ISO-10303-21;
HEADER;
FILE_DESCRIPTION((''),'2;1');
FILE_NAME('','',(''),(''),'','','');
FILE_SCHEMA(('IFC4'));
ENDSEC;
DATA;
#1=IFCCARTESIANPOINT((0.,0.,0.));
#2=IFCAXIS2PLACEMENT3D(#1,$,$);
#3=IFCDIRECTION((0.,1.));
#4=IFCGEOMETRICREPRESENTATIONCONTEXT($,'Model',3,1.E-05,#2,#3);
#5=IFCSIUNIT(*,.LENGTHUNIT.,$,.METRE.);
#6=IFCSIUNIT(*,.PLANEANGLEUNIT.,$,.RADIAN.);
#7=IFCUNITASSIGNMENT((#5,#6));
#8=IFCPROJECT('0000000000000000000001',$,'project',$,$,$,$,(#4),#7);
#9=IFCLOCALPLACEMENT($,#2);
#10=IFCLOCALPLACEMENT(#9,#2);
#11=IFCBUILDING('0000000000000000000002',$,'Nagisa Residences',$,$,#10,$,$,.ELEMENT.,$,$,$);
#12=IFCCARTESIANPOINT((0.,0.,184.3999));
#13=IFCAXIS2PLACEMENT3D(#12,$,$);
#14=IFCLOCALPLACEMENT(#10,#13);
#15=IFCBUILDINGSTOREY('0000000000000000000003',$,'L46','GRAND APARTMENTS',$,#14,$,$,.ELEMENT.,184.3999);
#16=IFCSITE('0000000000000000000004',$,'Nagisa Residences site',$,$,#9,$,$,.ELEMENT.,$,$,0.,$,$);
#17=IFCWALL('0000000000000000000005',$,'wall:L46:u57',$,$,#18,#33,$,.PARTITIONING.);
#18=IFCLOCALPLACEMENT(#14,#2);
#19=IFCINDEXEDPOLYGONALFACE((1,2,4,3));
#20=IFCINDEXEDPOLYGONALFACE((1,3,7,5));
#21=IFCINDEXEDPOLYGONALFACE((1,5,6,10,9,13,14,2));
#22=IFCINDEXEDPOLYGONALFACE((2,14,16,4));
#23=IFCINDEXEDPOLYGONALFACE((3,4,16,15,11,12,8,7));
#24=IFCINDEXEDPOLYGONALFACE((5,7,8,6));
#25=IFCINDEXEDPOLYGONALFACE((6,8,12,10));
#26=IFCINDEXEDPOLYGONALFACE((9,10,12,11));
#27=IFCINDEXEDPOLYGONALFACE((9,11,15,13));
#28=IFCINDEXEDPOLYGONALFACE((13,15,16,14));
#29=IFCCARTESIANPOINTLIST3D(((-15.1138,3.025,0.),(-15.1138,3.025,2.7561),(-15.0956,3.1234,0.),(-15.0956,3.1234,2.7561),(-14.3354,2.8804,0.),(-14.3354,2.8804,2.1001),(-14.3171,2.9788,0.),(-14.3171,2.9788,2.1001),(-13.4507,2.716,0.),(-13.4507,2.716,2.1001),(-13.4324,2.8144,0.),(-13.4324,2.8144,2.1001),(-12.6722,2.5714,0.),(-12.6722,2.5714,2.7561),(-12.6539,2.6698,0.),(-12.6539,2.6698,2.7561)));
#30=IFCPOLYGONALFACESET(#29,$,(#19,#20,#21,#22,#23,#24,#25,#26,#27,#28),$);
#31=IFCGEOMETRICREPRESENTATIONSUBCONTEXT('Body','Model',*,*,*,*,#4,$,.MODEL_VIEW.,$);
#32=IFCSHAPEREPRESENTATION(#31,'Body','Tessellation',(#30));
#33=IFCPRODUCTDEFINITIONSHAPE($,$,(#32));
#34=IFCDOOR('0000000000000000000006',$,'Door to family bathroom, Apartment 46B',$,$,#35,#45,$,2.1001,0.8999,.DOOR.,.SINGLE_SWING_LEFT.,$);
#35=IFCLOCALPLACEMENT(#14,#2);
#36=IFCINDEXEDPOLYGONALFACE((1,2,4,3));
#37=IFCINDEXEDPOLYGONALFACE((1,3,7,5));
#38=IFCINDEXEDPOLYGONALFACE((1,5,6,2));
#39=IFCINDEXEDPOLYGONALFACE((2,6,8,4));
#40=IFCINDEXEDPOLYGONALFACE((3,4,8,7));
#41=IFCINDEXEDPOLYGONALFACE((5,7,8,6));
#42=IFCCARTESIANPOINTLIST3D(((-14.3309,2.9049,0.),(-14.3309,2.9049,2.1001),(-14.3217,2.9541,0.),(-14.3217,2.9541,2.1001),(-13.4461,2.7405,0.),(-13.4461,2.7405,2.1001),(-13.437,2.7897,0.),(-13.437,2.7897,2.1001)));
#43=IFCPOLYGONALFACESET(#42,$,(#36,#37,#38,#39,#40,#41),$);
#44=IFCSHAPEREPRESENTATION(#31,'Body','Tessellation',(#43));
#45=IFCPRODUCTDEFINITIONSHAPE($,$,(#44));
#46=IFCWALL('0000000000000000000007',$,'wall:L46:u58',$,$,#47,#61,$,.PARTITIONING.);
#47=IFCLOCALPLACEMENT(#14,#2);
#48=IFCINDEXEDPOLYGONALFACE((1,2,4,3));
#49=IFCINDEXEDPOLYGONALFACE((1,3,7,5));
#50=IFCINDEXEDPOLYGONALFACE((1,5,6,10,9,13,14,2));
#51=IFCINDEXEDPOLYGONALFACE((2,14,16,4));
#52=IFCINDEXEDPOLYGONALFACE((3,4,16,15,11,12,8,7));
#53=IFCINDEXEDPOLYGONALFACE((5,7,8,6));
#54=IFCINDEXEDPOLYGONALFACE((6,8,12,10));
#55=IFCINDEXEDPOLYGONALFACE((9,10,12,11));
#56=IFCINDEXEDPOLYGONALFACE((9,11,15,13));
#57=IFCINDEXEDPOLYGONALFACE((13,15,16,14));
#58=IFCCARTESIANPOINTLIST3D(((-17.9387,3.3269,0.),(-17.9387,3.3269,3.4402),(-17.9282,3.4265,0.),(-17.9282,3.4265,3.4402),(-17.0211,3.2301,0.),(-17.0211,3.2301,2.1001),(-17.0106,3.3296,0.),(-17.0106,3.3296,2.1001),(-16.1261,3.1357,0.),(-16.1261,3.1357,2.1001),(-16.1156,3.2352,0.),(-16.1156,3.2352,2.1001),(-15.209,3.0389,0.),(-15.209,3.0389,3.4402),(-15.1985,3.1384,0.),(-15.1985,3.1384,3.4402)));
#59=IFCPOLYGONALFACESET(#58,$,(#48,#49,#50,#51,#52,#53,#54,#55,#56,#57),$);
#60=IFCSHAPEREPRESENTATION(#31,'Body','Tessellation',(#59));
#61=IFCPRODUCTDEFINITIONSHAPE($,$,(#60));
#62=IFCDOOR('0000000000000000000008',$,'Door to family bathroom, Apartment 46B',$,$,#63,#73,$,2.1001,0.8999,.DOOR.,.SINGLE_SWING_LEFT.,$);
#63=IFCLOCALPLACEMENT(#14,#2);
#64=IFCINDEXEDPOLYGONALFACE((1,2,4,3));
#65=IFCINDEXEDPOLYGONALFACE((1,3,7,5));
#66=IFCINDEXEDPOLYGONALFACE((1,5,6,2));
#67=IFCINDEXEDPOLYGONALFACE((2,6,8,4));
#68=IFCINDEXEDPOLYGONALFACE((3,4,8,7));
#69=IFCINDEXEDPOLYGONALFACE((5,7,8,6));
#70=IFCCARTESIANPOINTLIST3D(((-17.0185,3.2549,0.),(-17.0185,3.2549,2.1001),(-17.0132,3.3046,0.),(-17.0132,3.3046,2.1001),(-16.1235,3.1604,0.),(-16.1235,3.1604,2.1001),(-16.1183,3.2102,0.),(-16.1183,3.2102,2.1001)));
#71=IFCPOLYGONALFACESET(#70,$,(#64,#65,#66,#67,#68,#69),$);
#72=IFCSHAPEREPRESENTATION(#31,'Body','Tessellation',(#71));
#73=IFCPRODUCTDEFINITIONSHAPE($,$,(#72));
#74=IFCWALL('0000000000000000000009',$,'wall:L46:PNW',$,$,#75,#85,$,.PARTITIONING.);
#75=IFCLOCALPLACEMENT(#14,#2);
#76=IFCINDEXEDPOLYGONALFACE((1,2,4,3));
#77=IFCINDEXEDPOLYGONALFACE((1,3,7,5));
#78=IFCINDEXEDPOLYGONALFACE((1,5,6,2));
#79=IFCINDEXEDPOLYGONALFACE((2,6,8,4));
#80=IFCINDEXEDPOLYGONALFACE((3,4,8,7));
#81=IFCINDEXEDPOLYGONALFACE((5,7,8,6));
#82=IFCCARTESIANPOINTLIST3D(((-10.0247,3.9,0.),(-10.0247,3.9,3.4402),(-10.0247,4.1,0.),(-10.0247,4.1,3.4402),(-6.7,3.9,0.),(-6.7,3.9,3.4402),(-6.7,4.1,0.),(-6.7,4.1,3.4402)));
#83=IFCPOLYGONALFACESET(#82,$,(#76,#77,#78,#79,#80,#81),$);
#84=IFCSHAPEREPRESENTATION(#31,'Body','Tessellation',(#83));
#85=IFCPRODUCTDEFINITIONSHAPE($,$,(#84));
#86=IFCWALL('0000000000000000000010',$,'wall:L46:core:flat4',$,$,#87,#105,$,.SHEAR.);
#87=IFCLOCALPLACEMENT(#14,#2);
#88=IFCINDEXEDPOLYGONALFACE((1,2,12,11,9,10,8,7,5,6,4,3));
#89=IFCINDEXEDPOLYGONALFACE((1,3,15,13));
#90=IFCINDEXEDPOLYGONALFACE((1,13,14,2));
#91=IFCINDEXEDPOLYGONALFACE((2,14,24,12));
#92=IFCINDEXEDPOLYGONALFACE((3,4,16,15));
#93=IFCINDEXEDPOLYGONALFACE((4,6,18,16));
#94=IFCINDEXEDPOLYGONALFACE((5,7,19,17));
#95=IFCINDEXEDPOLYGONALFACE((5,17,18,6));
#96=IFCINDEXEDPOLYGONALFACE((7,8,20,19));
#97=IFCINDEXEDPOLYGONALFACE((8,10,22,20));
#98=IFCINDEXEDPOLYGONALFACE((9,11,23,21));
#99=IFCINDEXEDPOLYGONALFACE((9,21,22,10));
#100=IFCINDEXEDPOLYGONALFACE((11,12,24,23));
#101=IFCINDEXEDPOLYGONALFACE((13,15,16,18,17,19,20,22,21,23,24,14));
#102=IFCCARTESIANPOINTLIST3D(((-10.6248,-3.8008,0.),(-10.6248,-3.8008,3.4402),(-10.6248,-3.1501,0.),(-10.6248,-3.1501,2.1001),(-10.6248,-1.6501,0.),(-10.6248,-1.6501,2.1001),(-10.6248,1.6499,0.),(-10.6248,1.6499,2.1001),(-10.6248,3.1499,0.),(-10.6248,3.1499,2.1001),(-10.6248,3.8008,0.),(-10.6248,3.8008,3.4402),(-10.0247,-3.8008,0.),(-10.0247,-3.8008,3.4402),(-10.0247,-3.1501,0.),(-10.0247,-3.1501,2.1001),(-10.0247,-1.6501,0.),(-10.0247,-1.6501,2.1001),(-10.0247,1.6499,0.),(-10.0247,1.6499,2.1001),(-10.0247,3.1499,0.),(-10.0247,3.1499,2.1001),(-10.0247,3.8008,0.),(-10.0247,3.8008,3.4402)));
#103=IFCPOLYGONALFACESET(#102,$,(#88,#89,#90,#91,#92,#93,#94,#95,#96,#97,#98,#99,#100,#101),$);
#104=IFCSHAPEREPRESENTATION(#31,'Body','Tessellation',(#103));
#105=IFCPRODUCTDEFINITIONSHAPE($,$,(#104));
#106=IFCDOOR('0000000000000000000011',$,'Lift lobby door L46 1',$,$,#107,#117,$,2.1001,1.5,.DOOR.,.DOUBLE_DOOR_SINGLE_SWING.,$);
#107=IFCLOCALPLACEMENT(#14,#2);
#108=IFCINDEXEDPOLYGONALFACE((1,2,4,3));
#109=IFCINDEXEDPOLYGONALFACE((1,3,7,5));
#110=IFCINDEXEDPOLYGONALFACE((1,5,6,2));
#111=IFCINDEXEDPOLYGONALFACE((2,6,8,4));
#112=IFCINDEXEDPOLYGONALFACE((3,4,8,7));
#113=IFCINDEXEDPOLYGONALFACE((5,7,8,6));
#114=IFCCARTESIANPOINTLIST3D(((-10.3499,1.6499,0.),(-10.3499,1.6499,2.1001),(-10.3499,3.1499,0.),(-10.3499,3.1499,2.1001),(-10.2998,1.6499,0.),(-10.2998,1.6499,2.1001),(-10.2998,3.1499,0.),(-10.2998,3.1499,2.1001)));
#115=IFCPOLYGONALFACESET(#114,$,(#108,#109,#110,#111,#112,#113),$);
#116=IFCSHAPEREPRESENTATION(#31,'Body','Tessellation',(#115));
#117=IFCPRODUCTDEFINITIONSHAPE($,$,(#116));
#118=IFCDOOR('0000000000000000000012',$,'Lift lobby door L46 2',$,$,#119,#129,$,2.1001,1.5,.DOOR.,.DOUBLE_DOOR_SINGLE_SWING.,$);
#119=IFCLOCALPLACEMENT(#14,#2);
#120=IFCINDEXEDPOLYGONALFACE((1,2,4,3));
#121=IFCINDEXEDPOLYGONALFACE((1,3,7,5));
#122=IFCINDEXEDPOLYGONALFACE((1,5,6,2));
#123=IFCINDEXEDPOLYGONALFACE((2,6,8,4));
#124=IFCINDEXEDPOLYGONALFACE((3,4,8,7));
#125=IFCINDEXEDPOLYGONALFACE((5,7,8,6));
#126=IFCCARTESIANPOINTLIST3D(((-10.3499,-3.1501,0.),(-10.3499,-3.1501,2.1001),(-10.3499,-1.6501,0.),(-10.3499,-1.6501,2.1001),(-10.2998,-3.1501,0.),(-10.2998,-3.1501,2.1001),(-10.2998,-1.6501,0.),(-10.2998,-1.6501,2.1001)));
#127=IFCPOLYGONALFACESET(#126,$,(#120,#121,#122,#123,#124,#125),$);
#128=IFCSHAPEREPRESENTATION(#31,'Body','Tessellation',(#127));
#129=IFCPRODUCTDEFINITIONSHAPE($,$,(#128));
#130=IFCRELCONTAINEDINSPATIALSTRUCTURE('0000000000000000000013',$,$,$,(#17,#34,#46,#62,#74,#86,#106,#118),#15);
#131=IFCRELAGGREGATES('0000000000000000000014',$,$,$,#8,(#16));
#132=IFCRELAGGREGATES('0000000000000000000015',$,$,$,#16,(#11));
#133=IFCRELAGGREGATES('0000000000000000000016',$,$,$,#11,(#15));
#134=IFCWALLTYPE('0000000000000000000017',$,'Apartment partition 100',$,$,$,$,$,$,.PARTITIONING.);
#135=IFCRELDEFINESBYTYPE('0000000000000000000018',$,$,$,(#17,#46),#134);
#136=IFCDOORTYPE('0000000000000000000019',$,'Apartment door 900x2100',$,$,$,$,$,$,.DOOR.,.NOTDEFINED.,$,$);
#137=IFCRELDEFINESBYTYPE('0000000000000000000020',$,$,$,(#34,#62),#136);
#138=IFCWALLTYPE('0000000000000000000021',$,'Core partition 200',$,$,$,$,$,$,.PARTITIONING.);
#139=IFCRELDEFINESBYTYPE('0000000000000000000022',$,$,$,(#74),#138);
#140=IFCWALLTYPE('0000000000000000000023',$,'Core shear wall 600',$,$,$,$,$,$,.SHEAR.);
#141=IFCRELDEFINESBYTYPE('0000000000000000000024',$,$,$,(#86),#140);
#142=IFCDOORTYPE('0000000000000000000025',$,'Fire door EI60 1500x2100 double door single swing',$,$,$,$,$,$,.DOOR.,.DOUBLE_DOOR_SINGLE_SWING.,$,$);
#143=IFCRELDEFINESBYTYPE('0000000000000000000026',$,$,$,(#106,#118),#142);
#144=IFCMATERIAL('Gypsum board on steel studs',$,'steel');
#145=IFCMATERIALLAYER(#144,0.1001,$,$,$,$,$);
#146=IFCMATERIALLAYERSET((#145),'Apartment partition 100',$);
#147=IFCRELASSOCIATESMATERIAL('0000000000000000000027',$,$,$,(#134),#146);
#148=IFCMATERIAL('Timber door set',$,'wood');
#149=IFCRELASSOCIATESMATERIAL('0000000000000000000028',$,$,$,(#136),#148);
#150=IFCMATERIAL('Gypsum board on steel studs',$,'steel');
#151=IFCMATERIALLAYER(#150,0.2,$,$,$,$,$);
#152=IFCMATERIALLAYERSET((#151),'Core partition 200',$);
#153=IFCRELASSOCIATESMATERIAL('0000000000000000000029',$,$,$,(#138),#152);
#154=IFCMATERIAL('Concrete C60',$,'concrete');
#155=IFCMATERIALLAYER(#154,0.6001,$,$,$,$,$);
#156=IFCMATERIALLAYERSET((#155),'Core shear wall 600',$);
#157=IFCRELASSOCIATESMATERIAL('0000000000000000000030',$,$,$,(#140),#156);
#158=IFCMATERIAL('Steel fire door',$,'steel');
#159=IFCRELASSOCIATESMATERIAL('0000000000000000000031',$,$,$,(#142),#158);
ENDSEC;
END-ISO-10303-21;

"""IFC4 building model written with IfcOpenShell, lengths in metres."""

from ifc_helpers import new_model, si_unit, direction, frame, frame_2d, origin, place, context, subcontext, project, spatial, rectangle, extrude, material, layer, layer_set, type_object, element, fill, save


model = new_model("IFC4")

# Units and contexts
model_context = context("Model", 3, precision=1e-05, world=origin(), true_north=direction((0.0, 1.0)))
body_context = subcontext(model_context, "Body", "Model", "MODEL_VIEW")
ifc_project = project(units=[si_unit("LENGTHUNIT", "METRE"), si_unit("PLANEANGLEUNIT", "RADIAN")], contexts=[model_context])

# Site, building, storey
site_placement = place(None, origin())
site = spatial("IfcSite", under=ifc_project, at=site_placement, Name="Nagisa Residences site", CompositionType="ELEMENT", RefElevation=0.0)
building_placement = place(site_placement, origin())
building = spatial("IfcBuilding", under=site, at=building_placement, Name="Nagisa Residences", CompositionType="ELEMENT")
storey_placement = place(building_placement, frame((0.0, 0.0, 184.3999)))
storey = spatial("IfcBuildingStorey", under=building, at=storey_placement, Name="L46", Description="GRAND APARTMENTS", CompositionType="ELEMENT", Elevation=184.3999)

# Shared definitions
ifc_material_1 = material(Name="Gypsum board on steel studs", Category="steel")
ifc_layer_1 = layer(ifc_material_1, 0.1001)
ifc_layer_set_1 = layer_set([ifc_layer_1], Name="Apartment partition 100")
wall_type_1 = type_object("IfcWallType", Name="Apartment partition 100", PredefinedType="PARTITIONING", material=ifc_layer_set_1)
ifc_material_2 = material(Name="Timber door set", Category="wood")
door_type_1 = type_object("IfcDoorType", Name="Apartment door 900x2100", OperationType="NOTDEFINED", PredefinedType="DOOR", material=ifc_material_2)

# Walls, openings, doors
wall_1_placement = place(storey_placement, frame((-12.6631, 2.6206, 0.0), z_axis=(0.0, 0.0, 1.0), x_axis=(-0.983177, 0.182656, 0.0)))
wall_1 = element("IfcWall", 1, at=wall_1_placement, inside=storey, type_object=wall_type_1, Name="wall:L46:u57", PredefinedType="PARTITIONING", context=body_context, shape_type="SweptSolid", body=[
    extrude(rectangle(XDim=2.4834, YDim=0.1001, at=frame_2d((1.2417, 0.0))), origin(), (0.0, 0.0, 1.0), 2.7561),
])
opening_1_placement = place(wall_1_placement, frame((0.7917, 0.0, 0.0)))
opening_1 = element("IfcOpeningElement", 2, at=opening_1_placement, cuts=wall_1, PredefinedType="OPENING", context=body_context, shape_type="SweptSolid", body=[
    extrude(rectangle(XDim=0.8999, YDim=2.1001, at=frame_2d((0.45, 1.05))), frame((0.0, 0.0601, 0.0), z_axis=(0.0, -1.0, 0.0), x_axis=(1.0, 0.0, 0.0)), (0.0, 0.0, 1.0), 0.1201),
])
door_1_placement = place(opening_1_placement, frame((0.8999, 0.0, 0.0), x_axis=(-1.0, 0.0, 0.0)))
door_1 = element("IfcDoor", 3, at=door_1_placement, inside=storey, type_object=door_type_1, Name="Door to family bathroom, Apartment 46B", OperationType="SINGLE_SWING_LEFT", OverallHeight=2.1001, OverallWidth=0.8999, PredefinedType="DOOR", context=body_context, shape_type="SweptSolid", body=[
    extrude(rectangle(XDim=0.8999, YDim=2.1001, at=frame_2d((0.45, 1.05))), frame((0.0, 0.0249, 0.0), z_axis=(0.0, -1.0, 0.0), x_axis=(1.0, 0.0, 0.0)), (0.0, 0.0, 1.0), 0.05),
])
fill(opening_1, door_1)
wall_2_placement = place(storey_placement, frame((-15.2036, 3.0886, 0.0), z_axis=(0.0, 0.0, 1.0), x_axis=(-0.994477, 0.104953, 0.0)))
wall_2 = element("IfcWall", 4, at=wall_2_placement, inside=storey, type_object=wall_type_1, Name="wall:L46:u58", PredefinedType="PARTITIONING", context=body_context, shape_type="SweptSolid", body=[
    extrude(rectangle(XDim=2.7449, YDim=0.1001, at=frame_2d((1.3726, 0.0))), origin(), (0.0, 0.0, 1.0), 3.4402),
])
opening_2_placement = place(wall_2_placement, frame((0.9224, 0.0, 0.0)))
opening_2 = element("IfcOpeningElement", 5, at=opening_2_placement, cuts=wall_2, PredefinedType="OPENING", context=body_context, shape_type="SweptSolid", body=[
    extrude(rectangle(XDim=0.8999, YDim=2.1001, at=frame_2d((0.45, 1.05))), frame((0.0, 0.0601, 0.0), z_axis=(0.0, -1.0, 0.0), x_axis=(1.0, 0.0, 0.0)), (0.0, 0.0, 1.0), 0.1201),
])
door_2_placement = place(opening_2_placement, frame((0.8999, 0.0, 0.0), x_axis=(-1.0, 0.0, 0.0)))
door_2 = element("IfcDoor", 6, at=door_2_placement, inside=storey, type_object=door_type_1, Name="Door to family bathroom, Apartment 46B", OperationType="SINGLE_SWING_LEFT", OverallHeight=2.1001, OverallWidth=0.8999, PredefinedType="DOOR", context=body_context, shape_type="SweptSolid", body=[
    extrude(rectangle(XDim=0.8999, YDim=2.1001, at=frame_2d((0.45, 1.05))), frame((0.0, 0.0249, 0.0), z_axis=(0.0, -1.0, 0.0), x_axis=(1.0, 0.0, 0.0)), (0.0, 0.0, 1.0), 0.05),
])
fill(opening_2, door_2)

# Wall
ifc_material_3 = material(Name="Gypsum board on steel studs", Category="steel")
ifc_layer_2 = layer(ifc_material_3, 0.2)
ifc_layer_set_2 = layer_set([ifc_layer_2], Name="Core partition 200")
wall_type_2 = type_object("IfcWallType", Name="Core partition 200", PredefinedType="PARTITIONING", material=ifc_layer_set_2)
wall_3_placement = place(storey_placement, frame((-10.0247, 4.0, 0.0), z_axis=(0.0, 0.0, 1.0), x_axis=(1.0, 0.0, 0.0)))
element("IfcWall", 7, at=wall_3_placement, inside=storey, type_object=wall_type_2, Name="wall:L46:PNW", PredefinedType="PARTITIONING", context=body_context, shape_type="SweptSolid", body=[
    extrude(rectangle(XDim=3.3247, YDim=0.2, at=frame_2d((1.6624, 0.0))), origin(), (0.0, 0.0, 1.0), 3.4402),
])

# Wall, openings, doors
ifc_material_4 = material(Name="Concrete C60", Category="concrete")
ifc_layer_3 = layer(ifc_material_4, 0.6001)
ifc_layer_set_3 = layer_set([ifc_layer_3], Name="Core shear wall 600")
wall_type_3 = type_object("IfcWallType", Name="Core shear wall 600", PredefinedType="SHEAR", material=ifc_layer_set_3)
wall_4_placement = place(storey_placement, frame((-10.3247, 3.8008, 0.0), z_axis=(0.0, 0.0, 1.0), x_axis=(0.0, -1.0, 0.0)))
wall_4 = element("IfcWall", 8, at=wall_4_placement, inside=storey, type_object=wall_type_3, Name="wall:L46:core:flat4", PredefinedType="SHEAR", context=body_context, shape_type="SweptSolid", body=[
    extrude(rectangle(XDim=7.6016, YDim=0.6001, at=frame_2d((3.8008, 0.0))), origin(), (0.0, 0.0, 1.0), 3.4402),
])
opening_3_placement = place(wall_4_placement, frame((0.6509, 0.0, 0.0)))
opening_3 = element("IfcOpeningElement", 9, at=opening_3_placement, cuts=wall_4, PredefinedType="OPENING", context=body_context, shape_type="SweptSolid", body=[
    extrude(rectangle(XDim=1.5, YDim=2.1001, at=frame_2d((0.75, 1.05))), frame((0.0, 0.3101, 0.0), z_axis=(0.0, -1.0, 0.0), x_axis=(1.0, 0.0, 0.0)), (0.0, 0.0, 1.0), 0.6201),
])
opening_4_placement = place(wall_4_placement, frame((5.4509, 0.0, 0.0)))
opening_4 = element("IfcOpeningElement", 10, at=opening_4_placement, cuts=wall_4, PredefinedType="OPENING", context=body_context, shape_type="SweptSolid", body=[
    extrude(rectangle(XDim=1.5, YDim=2.1001, at=frame_2d((0.75, 1.05))), frame((0.0, 0.3101, 0.0), z_axis=(0.0, -1.0, 0.0), x_axis=(1.0, 0.0, 0.0)), (0.0, 0.0, 1.0), 0.6201),
])
ifc_material_5 = material(Name="Steel fire door", Category="steel")
door_type_2 = type_object("IfcDoorType", Name="Fire door EI60 1500x2100 double door single swing", OperationType="DOUBLE_DOOR_SINGLE_SWING", PredefinedType="DOOR", material=ifc_material_5)
door_3_placement = place(opening_3_placement, origin())
door_3 = element("IfcDoor", 11, at=door_3_placement, inside=storey, type_object=door_type_2, Name="Lift lobby door L46 1", OperationType="DOUBLE_DOOR_SINGLE_SWING", OverallHeight=2.1001, OverallWidth=1.5, PredefinedType="DOOR", context=body_context, shape_type="SweptSolid", body=[
    extrude(rectangle(XDim=1.5, YDim=2.1001, at=frame_2d((0.75, 1.05))), frame((0.0, 0.0249, 0.0), z_axis=(0.0, -1.0, 0.0), x_axis=(1.0, 0.0, 0.0)), (0.0, 0.0, 1.0), 0.05),
])
fill(opening_3, door_3)
door_4_placement = place(opening_4_placement, origin())
door_4 = element("IfcDoor", 12, at=door_4_placement, inside=storey, type_object=door_type_2, Name="Lift lobby door L46 2", OperationType="DOUBLE_DOOR_SINGLE_SWING", OverallHeight=2.1001, OverallWidth=1.5, PredefinedType="DOOR", context=body_context, shape_type="SweptSolid", body=[
    extrude(rectangle(XDim=1.5, YDim=2.1001, at=frame_2d((0.75, 1.05))), frame((0.0, 0.0249, 0.0), z_axis=(0.0, -1.0, 0.0), x_axis=(1.0, 0.0, 0.0)), (0.0, 0.0, 1.0), 0.05),
])
fill(opening_4, door_4)

save(model, "model.ifc")
